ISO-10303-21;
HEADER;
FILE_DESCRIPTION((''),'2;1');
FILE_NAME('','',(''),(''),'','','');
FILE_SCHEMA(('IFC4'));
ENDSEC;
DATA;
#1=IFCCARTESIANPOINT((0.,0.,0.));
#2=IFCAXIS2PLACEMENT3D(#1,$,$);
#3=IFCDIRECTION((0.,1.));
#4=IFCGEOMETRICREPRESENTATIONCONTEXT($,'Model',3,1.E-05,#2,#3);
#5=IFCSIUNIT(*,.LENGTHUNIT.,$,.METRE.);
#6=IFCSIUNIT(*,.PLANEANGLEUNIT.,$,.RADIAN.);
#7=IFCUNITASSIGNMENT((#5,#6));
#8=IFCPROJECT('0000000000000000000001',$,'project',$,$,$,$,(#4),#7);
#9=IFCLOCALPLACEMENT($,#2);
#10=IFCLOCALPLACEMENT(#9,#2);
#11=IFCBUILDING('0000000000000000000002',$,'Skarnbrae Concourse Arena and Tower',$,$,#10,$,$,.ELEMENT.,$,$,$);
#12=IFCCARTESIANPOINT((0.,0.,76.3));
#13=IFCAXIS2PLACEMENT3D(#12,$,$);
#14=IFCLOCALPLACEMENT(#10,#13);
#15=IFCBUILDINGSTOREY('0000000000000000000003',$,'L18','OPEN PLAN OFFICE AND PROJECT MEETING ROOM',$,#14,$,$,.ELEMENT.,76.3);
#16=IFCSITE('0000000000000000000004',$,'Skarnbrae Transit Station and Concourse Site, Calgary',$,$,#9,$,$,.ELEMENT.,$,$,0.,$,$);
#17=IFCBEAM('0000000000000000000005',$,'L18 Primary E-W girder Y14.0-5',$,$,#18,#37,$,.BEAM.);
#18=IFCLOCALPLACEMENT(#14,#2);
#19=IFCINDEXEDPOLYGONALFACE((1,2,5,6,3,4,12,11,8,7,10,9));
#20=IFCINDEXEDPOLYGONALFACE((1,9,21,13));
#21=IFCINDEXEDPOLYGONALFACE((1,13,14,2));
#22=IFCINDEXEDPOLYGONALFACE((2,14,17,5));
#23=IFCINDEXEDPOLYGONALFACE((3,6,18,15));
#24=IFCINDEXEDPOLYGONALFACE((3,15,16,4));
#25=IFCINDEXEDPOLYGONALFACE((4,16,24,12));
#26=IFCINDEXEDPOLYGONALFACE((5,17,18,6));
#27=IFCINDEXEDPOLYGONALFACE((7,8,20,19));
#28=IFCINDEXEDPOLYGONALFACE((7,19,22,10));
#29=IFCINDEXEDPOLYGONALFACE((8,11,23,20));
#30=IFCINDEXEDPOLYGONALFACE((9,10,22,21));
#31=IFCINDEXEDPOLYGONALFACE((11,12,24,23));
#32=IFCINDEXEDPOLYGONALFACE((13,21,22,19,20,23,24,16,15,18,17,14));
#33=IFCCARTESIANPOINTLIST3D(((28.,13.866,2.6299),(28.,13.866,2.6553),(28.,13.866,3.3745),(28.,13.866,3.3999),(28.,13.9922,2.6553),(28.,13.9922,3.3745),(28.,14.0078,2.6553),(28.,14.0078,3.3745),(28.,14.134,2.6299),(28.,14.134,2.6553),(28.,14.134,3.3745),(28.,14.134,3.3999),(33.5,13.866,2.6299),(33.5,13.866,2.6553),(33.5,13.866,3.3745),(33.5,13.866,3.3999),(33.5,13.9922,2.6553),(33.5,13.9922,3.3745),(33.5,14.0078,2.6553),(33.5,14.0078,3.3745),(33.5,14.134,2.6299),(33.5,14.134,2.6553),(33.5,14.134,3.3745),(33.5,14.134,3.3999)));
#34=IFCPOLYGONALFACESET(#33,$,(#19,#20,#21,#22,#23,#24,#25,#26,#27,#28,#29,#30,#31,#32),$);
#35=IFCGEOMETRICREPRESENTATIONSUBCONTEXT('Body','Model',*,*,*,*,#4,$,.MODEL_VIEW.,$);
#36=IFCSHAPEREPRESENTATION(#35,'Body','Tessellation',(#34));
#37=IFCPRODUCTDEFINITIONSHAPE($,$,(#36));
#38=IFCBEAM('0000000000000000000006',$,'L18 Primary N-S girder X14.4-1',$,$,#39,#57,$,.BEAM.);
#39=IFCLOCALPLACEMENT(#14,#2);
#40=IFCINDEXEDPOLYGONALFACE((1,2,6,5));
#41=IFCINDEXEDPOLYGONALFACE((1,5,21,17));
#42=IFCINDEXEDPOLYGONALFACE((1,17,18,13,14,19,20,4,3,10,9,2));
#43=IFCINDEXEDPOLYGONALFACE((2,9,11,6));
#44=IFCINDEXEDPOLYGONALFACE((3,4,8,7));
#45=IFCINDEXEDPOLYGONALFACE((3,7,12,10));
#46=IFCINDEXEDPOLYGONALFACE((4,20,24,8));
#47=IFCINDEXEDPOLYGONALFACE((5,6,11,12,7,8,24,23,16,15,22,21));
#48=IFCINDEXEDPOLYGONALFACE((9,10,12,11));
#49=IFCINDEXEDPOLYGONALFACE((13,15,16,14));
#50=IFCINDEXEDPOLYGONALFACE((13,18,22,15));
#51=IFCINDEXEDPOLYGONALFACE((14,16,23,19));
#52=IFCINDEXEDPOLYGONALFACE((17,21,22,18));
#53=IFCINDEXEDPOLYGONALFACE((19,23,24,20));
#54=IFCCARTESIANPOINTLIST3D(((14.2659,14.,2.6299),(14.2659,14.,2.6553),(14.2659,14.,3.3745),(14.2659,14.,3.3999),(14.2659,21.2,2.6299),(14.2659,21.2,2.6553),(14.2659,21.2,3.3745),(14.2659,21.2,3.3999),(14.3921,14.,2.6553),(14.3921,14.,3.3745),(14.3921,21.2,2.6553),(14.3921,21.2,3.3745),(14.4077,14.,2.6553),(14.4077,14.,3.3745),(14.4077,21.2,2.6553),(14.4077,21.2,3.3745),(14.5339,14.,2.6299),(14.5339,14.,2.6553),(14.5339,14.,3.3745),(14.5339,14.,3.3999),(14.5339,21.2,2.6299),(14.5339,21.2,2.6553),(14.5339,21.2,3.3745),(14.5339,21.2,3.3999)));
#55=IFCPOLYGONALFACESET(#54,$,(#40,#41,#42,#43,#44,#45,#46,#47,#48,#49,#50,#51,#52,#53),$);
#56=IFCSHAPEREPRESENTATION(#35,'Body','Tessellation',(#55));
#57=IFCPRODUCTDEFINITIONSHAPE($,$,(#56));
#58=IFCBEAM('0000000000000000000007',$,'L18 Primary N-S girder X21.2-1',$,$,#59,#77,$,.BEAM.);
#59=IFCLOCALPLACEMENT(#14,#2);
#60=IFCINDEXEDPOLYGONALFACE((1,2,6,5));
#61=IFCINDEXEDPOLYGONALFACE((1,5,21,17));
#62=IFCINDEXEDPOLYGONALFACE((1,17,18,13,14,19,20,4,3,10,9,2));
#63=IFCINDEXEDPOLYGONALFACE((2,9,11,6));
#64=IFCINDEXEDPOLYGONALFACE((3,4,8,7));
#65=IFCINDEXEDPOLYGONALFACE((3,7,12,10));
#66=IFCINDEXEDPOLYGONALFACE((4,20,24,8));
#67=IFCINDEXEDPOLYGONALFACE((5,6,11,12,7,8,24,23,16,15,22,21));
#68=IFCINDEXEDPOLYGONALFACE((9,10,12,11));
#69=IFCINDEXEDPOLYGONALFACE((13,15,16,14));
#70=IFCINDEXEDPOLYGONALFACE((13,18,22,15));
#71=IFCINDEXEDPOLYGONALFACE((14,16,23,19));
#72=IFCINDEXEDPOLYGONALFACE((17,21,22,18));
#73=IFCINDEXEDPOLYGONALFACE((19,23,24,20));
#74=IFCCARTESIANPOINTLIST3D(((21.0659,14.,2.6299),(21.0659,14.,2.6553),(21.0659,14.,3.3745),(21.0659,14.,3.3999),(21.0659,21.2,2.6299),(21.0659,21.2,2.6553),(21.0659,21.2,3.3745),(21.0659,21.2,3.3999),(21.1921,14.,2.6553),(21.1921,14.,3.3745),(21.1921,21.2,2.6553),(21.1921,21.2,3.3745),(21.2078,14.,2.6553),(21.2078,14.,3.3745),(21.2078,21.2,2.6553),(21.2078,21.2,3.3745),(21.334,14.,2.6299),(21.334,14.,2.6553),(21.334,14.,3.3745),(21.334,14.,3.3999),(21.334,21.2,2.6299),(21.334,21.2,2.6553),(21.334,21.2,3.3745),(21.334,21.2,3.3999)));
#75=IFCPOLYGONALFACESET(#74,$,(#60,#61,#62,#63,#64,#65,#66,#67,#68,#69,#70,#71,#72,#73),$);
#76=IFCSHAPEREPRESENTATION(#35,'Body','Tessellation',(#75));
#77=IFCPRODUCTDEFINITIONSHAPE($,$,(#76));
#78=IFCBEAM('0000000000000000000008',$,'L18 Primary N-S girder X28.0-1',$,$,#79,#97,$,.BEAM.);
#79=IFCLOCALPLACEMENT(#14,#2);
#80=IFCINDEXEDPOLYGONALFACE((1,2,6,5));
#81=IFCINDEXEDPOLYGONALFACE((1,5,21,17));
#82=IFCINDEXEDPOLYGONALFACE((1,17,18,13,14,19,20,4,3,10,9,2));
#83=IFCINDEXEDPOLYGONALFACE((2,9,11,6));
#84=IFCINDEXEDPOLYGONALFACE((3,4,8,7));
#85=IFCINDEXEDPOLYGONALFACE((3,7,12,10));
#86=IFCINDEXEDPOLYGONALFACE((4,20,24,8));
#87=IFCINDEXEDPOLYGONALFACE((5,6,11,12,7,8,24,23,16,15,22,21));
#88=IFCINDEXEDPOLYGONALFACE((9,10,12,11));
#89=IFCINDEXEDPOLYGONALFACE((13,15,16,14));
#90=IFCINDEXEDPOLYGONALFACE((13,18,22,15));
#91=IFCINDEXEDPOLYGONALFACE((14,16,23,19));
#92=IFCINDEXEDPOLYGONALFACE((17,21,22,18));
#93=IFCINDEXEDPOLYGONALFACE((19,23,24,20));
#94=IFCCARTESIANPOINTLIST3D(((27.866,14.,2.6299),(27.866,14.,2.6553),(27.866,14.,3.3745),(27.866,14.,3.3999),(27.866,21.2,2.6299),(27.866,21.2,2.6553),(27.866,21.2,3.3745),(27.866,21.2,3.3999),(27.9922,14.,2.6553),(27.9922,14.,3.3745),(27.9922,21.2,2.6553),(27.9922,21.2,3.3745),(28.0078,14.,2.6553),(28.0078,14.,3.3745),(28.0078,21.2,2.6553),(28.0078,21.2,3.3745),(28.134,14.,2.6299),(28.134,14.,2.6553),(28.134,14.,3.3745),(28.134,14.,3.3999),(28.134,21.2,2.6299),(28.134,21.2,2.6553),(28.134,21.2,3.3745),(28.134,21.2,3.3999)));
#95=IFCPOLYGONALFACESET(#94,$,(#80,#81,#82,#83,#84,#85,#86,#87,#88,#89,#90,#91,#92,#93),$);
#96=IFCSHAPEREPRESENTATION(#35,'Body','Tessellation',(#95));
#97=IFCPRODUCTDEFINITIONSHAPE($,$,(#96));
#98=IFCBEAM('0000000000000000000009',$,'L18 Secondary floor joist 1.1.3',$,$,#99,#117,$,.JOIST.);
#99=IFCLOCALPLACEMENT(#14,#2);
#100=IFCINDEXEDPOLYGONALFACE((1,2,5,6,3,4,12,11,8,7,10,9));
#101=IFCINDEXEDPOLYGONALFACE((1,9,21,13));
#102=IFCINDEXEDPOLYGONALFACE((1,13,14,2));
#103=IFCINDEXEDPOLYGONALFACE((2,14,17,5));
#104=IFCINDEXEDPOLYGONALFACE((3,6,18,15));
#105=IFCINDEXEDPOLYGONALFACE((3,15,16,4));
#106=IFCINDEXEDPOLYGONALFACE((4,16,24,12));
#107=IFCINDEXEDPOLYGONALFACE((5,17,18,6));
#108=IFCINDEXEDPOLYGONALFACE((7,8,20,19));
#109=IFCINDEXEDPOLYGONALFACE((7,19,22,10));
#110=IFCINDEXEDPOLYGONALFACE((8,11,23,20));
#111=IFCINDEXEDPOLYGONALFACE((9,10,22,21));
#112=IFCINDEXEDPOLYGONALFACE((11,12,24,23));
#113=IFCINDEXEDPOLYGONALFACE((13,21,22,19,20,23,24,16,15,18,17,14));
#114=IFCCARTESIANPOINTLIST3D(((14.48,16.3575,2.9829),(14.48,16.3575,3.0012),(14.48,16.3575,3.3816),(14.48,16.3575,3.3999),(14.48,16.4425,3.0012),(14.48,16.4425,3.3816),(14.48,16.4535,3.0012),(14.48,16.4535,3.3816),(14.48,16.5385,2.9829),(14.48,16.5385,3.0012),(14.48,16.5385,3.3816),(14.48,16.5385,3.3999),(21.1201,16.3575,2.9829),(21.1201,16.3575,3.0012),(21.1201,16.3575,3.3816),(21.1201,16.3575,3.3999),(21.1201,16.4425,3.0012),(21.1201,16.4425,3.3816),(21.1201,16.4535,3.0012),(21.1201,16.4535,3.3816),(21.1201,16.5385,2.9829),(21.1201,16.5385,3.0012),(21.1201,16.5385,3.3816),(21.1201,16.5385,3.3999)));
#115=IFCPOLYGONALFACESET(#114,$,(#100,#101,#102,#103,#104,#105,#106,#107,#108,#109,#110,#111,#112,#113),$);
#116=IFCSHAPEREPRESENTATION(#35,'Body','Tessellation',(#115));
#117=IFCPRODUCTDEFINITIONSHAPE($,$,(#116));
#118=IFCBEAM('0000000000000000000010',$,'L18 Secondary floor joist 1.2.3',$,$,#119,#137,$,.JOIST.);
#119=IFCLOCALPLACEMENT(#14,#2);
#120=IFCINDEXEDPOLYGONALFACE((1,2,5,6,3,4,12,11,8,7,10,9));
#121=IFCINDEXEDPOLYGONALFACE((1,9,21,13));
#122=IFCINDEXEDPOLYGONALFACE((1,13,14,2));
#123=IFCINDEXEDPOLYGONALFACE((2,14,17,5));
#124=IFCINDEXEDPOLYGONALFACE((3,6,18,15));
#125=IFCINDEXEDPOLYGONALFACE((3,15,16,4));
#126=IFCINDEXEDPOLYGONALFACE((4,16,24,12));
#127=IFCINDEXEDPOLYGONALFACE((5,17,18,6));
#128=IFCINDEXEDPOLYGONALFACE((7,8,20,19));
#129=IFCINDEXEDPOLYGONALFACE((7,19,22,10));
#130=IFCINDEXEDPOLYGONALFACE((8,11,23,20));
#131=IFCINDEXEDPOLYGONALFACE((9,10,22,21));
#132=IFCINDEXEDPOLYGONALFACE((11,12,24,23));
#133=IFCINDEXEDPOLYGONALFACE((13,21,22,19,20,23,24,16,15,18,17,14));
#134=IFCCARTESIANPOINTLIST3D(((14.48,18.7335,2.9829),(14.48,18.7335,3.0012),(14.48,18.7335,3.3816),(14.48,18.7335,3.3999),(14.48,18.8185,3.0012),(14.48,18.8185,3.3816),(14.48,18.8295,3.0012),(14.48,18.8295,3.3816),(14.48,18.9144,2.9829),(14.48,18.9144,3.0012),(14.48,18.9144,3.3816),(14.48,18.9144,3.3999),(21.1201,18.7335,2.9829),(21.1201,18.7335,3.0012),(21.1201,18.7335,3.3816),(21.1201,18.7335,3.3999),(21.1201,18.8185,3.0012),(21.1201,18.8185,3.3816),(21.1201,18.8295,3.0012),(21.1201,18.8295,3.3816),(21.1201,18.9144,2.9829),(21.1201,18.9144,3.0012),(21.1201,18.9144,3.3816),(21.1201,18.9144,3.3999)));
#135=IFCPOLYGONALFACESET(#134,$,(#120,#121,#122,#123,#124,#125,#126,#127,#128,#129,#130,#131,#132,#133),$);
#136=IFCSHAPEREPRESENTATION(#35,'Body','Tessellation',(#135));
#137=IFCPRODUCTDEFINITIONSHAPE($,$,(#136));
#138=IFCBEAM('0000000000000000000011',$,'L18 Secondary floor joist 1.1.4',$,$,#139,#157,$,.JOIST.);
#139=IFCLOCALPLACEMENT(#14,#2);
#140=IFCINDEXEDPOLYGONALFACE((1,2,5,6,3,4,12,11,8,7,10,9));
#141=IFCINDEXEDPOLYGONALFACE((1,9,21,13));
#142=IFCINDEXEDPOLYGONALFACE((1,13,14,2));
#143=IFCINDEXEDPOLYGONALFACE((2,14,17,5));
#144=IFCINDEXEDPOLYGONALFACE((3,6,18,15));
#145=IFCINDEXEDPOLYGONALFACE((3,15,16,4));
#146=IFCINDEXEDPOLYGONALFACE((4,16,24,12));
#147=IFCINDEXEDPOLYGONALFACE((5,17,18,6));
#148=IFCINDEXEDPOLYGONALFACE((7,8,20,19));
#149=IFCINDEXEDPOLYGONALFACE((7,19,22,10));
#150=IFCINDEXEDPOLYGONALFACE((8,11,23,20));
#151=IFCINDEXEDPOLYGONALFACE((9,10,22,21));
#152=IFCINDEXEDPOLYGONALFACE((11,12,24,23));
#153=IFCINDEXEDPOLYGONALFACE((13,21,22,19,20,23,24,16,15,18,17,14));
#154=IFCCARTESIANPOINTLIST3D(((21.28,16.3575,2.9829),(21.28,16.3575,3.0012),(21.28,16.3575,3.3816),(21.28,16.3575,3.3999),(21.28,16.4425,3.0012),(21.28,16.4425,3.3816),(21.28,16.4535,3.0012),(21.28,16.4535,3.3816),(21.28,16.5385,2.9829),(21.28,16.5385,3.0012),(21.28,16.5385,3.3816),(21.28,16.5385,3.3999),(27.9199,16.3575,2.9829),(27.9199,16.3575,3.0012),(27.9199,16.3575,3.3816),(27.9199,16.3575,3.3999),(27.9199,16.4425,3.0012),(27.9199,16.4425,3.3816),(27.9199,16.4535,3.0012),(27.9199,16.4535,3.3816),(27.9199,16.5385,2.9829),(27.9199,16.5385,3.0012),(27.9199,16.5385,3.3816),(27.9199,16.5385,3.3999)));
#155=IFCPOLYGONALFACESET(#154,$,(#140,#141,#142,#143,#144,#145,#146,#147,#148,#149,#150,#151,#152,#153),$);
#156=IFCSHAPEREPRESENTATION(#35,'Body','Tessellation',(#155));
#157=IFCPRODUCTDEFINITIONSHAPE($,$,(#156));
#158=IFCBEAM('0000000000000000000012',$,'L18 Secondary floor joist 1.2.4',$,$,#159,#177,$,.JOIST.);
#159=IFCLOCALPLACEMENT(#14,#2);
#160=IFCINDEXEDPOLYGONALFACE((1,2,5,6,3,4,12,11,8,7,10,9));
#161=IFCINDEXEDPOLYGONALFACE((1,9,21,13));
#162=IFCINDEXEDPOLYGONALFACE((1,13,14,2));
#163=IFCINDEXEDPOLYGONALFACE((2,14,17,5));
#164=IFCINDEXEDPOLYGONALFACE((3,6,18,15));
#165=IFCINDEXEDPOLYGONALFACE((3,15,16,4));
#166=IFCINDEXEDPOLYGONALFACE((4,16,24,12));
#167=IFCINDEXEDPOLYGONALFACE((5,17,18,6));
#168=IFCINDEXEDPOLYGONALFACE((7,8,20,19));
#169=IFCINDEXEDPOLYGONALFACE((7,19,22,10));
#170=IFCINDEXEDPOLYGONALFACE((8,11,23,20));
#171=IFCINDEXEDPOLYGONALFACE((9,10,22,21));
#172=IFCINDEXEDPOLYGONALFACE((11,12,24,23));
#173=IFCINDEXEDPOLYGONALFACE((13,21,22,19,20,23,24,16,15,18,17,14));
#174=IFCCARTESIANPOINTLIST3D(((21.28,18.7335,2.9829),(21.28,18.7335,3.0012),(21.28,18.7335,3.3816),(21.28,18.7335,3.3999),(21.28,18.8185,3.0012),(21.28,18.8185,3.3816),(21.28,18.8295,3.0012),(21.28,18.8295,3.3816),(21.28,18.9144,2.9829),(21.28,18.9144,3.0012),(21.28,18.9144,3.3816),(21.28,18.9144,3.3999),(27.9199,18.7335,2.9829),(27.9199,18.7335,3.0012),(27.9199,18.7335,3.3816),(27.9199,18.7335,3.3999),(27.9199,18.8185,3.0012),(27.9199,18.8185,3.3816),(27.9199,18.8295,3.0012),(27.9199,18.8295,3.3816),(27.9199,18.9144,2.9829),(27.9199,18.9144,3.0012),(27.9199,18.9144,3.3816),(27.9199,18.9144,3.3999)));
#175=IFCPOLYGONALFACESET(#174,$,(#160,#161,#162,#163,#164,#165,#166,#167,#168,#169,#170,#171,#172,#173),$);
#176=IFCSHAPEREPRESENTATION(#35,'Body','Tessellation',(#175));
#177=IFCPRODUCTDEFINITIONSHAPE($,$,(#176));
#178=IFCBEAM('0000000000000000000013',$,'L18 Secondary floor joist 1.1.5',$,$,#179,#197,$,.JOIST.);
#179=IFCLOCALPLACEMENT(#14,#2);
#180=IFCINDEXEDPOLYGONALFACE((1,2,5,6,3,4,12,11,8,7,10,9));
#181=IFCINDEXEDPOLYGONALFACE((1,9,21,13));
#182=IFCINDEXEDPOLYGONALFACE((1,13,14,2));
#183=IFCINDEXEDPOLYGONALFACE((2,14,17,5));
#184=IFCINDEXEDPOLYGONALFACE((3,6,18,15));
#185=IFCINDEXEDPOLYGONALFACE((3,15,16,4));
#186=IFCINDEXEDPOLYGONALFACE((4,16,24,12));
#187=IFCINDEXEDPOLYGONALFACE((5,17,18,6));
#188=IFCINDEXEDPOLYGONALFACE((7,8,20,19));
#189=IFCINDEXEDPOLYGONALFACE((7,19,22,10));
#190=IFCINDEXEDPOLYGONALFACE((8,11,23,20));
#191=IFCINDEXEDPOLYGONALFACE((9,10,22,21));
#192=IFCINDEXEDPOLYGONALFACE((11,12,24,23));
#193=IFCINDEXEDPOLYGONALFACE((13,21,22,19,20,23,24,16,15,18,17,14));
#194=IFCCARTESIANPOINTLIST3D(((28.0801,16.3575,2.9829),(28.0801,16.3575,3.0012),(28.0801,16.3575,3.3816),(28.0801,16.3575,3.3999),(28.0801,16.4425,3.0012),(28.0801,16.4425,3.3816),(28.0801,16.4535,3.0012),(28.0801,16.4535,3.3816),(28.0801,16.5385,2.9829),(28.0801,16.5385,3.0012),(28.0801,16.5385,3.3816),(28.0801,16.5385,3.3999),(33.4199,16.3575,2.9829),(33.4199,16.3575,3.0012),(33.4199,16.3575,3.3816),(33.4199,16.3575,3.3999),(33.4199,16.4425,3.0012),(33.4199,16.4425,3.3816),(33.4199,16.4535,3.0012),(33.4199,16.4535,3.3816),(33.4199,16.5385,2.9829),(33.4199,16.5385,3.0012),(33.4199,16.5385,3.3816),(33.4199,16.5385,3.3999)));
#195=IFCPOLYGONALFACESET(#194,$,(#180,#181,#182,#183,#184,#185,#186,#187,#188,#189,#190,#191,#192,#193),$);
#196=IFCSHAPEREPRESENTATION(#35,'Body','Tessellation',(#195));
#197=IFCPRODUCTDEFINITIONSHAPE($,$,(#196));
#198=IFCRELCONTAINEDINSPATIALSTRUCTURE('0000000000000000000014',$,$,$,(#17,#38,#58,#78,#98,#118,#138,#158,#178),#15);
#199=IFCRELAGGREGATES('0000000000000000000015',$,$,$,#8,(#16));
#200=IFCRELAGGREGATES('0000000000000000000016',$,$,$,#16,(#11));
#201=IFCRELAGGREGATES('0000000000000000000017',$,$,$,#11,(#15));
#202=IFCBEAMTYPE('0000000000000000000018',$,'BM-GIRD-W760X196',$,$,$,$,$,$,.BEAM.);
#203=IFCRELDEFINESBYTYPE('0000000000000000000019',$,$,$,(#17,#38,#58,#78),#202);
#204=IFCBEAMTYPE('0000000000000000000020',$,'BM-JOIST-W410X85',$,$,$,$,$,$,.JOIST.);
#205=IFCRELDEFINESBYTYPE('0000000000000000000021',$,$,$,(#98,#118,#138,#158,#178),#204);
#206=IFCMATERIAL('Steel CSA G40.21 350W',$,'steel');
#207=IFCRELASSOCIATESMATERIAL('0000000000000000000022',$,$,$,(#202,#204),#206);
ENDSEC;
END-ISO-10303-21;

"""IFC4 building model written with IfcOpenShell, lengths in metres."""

from ifc_helpers import new_model, si_unit, direction, frame, origin, origin_2d, place, context, subcontext, project, spatial, i_section, extrude, source, transform, mapped, material, material_profile, profile_set, type_object, element, save


model = new_model("IFC4")

# Units and contexts
model_context = context("Model", 3, precision=1e-05, world=origin(), true_north=direction((0.0, 1.0)))
body_context = subcontext(model_context, "Body", "Model", "MODEL_VIEW")
ifc_project = project(units=[si_unit("LENGTHUNIT", "METRE"), si_unit("PLANEANGLEUNIT", "RADIAN")], contexts=[model_context])

# Site, building, storey
site_placement = place(None, origin())
site = spatial("IfcSite", under=ifc_project, at=site_placement, Name="Skarnbrae Transit Station and Concourse Site, Calgary", CompositionType="ELEMENT", RefElevation=0.0)
building_placement = place(site_placement, origin())
building = spatial("IfcBuilding", under=site, at=building_placement, Name="Skarnbrae Concourse Arena and Tower", CompositionType="ELEMENT")
storey_placement = place(building_placement, frame((0.0, 0.0, 76.3)))
storey = spatial("IfcBuildingStorey", under=building, at=storey_placement, Name="L18", Description="OPEN PLAN OFFICE AND PROJECT MEETING ROOM", CompositionType="ELEMENT", Elevation=76.3)

# Shared definitions
ifc_material_1 = material(Name="Steel CSA G40.21 350W", Category="steel")

# Beams
ifc_material_profile_1 = material_profile(ifc_material_1, i_section(OverallWidth=0.2681, OverallDepth=0.77, WebThickness=0.0156, FlangeThickness=0.0254, at=origin_2d()), Name="W760X196")
ifc_profile_set_1 = profile_set([ifc_material_profile_1], Name="Steel CSA G40.21 350W")
beam_type_1 = type_object("IfcBeamType", Name="BM-GIRD-W760X196", PredefinedType="BEAM", material=ifc_profile_set_1)
shared_shape_1 = source(origin(), body_context, "Body", "SweptSolid", [
    extrude(i_section(OverallWidth=0.2681, OverallDepth=0.77, WebThickness=0.0156, FlangeThickness=0.0254, at=origin_2d()), origin(), (0.0, 0.0, 1.0), 5.5),
])
beam_1_placement = place(storey_placement, frame((28.0, 14.0, 3.0149), z_axis=(1.0, 0.0, 0.0), x_axis=(0.0, 1.0, 0.0)))
element("IfcBeam", 1, at=beam_1_placement, inside=storey, type_object=beam_type_1, Name="L18 Primary E-W girder Y14.0-5", PredefinedType="BEAM", context=body_context, shape_type="MappedRepresentation", body=[
    mapped(shared_shape_1, transform((0.0, 0.0, 0.0))),
])
shared_shape_2 = source(origin(), body_context, "Body", "SweptSolid", [
    extrude(i_section(OverallWidth=0.2681, OverallDepth=0.77, WebThickness=0.0156, FlangeThickness=0.0254, at=origin_2d()), origin(), (0.0, 0.0, 1.0), 7.2),
])
for number, where, z_axis, x_axis, name in (
    (2, (14.3999, 14.0, 3.0149), (0.0, 1.0, 0.0), (-1.0, 0.0, 0.0), "L18 Primary N-S girder X14.4-1"),
    (3, (21.2, 14.0, 3.0149), (0.0, 1.0, 0.0), (-1.0, 0.0, 0.0), "L18 Primary N-S girder X21.2-1"),
    (4, (28.0, 14.0, 3.0149), (0.0, 1.0, 0.0), (-1.0, 0.0, 0.0), "L18 Primary N-S girder X28.0-1"),
):
    element("IfcBeam", number, at=place(storey_placement, frame(where, z_axis=z_axis, x_axis=x_axis)), inside=storey, type_object=beam_type_1, Name=name, PredefinedType="BEAM", context=body_context, shape_type="MappedRepresentation", body=[
        mapped(shared_shape_2, transform((0.0, 0.0, 0.0))),
    ])
ifc_material_profile_2 = material_profile(ifc_material_1, i_section(OverallWidth=0.1809, OverallDepth=0.417, WebThickness=0.011, FlangeThickness=0.0183, at=origin_2d()), Name="W410X85")
ifc_profile_set_2 = profile_set([ifc_material_profile_2], Name="Steel CSA G40.21 350W")
beam_type_2 = type_object("IfcBeamType", Name="BM-JOIST-W410X85", PredefinedType="JOIST", material=ifc_profile_set_2)
shared_shape_3 = source(origin(), body_context, "Body", "SweptSolid", [
    extrude(i_section(OverallWidth=0.1809, OverallDepth=0.417, WebThickness=0.011, FlangeThickness=0.0183, at=origin_2d()), origin(), (0.0, 0.0, 1.0), 6.6401),
])
for number, where, z_axis, x_axis, name in (
    (5, (14.48, 16.448, 3.1914), (1.0, 0.0, 0.0), (0.0, 1.0, 0.0), "L18 Secondary floor joist 1.1.3"),
    (6, (14.48, 18.824, 3.1914), (1.0, 0.0, 0.0), (0.0, 1.0, 0.0), "L18 Secondary floor joist 1.2.3"),
):
    element("IfcBeam", number, at=place(storey_placement, frame(where, z_axis=z_axis, x_axis=x_axis)), inside=storey, type_object=beam_type_2, Name=name, PredefinedType="JOIST", context=body_context, shape_type="MappedRepresentation", body=[
        mapped(shared_shape_3, transform((0.0, 0.0, 0.0))),
    ])
shared_shape_4 = source(origin(), body_context, "Body", "SweptSolid", [
    extrude(i_section(OverallWidth=0.1809, OverallDepth=0.417, WebThickness=0.011, FlangeThickness=0.0183, at=origin_2d()), origin(), (0.0, 0.0, 1.0), 6.6399),
])
for number, where, z_axis, x_axis, name in (
    (7, (21.28, 16.448, 3.1914), (1.0, 0.0, 0.0), (0.0, 1.0, 0.0), "L18 Secondary floor joist 1.1.4"),
    (8, (21.28, 18.824, 3.1914), (1.0, 0.0, 0.0), (0.0, 1.0, 0.0), "L18 Secondary floor joist 1.2.4"),
):
    element("IfcBeam", number, at=place(storey_placement, frame(where, z_axis=z_axis, x_axis=x_axis)), inside=storey, type_object=beam_type_2, Name=name, PredefinedType="JOIST", context=body_context, shape_type="MappedRepresentation", body=[
        mapped(shared_shape_4, transform((0.0, 0.0, 0.0))),
    ])
shared_shape_5 = source(origin(), body_context, "Body", "SweptSolid", [
    extrude(i_section(OverallWidth=0.1809, OverallDepth=0.417, WebThickness=0.011, FlangeThickness=0.0183, at=origin_2d()), origin(), (0.0, 0.0, 1.0), 5.3398),
])
beam_2_placement = place(storey_placement, frame((28.0801, 16.448, 3.1914), z_axis=(1.0, 0.0, 0.0), x_axis=(0.0, 1.0, 0.0)))
element("IfcBeam", 9, at=beam_2_placement, inside=storey, type_object=beam_type_2, Name="L18 Secondary floor joist 1.1.5", PredefinedType="JOIST", context=body_context, shape_type="MappedRepresentation", body=[
    mapped(shared_shape_5, transform((0.0, 0.0, 0.0))),
])

save(model, "model.ifc")
